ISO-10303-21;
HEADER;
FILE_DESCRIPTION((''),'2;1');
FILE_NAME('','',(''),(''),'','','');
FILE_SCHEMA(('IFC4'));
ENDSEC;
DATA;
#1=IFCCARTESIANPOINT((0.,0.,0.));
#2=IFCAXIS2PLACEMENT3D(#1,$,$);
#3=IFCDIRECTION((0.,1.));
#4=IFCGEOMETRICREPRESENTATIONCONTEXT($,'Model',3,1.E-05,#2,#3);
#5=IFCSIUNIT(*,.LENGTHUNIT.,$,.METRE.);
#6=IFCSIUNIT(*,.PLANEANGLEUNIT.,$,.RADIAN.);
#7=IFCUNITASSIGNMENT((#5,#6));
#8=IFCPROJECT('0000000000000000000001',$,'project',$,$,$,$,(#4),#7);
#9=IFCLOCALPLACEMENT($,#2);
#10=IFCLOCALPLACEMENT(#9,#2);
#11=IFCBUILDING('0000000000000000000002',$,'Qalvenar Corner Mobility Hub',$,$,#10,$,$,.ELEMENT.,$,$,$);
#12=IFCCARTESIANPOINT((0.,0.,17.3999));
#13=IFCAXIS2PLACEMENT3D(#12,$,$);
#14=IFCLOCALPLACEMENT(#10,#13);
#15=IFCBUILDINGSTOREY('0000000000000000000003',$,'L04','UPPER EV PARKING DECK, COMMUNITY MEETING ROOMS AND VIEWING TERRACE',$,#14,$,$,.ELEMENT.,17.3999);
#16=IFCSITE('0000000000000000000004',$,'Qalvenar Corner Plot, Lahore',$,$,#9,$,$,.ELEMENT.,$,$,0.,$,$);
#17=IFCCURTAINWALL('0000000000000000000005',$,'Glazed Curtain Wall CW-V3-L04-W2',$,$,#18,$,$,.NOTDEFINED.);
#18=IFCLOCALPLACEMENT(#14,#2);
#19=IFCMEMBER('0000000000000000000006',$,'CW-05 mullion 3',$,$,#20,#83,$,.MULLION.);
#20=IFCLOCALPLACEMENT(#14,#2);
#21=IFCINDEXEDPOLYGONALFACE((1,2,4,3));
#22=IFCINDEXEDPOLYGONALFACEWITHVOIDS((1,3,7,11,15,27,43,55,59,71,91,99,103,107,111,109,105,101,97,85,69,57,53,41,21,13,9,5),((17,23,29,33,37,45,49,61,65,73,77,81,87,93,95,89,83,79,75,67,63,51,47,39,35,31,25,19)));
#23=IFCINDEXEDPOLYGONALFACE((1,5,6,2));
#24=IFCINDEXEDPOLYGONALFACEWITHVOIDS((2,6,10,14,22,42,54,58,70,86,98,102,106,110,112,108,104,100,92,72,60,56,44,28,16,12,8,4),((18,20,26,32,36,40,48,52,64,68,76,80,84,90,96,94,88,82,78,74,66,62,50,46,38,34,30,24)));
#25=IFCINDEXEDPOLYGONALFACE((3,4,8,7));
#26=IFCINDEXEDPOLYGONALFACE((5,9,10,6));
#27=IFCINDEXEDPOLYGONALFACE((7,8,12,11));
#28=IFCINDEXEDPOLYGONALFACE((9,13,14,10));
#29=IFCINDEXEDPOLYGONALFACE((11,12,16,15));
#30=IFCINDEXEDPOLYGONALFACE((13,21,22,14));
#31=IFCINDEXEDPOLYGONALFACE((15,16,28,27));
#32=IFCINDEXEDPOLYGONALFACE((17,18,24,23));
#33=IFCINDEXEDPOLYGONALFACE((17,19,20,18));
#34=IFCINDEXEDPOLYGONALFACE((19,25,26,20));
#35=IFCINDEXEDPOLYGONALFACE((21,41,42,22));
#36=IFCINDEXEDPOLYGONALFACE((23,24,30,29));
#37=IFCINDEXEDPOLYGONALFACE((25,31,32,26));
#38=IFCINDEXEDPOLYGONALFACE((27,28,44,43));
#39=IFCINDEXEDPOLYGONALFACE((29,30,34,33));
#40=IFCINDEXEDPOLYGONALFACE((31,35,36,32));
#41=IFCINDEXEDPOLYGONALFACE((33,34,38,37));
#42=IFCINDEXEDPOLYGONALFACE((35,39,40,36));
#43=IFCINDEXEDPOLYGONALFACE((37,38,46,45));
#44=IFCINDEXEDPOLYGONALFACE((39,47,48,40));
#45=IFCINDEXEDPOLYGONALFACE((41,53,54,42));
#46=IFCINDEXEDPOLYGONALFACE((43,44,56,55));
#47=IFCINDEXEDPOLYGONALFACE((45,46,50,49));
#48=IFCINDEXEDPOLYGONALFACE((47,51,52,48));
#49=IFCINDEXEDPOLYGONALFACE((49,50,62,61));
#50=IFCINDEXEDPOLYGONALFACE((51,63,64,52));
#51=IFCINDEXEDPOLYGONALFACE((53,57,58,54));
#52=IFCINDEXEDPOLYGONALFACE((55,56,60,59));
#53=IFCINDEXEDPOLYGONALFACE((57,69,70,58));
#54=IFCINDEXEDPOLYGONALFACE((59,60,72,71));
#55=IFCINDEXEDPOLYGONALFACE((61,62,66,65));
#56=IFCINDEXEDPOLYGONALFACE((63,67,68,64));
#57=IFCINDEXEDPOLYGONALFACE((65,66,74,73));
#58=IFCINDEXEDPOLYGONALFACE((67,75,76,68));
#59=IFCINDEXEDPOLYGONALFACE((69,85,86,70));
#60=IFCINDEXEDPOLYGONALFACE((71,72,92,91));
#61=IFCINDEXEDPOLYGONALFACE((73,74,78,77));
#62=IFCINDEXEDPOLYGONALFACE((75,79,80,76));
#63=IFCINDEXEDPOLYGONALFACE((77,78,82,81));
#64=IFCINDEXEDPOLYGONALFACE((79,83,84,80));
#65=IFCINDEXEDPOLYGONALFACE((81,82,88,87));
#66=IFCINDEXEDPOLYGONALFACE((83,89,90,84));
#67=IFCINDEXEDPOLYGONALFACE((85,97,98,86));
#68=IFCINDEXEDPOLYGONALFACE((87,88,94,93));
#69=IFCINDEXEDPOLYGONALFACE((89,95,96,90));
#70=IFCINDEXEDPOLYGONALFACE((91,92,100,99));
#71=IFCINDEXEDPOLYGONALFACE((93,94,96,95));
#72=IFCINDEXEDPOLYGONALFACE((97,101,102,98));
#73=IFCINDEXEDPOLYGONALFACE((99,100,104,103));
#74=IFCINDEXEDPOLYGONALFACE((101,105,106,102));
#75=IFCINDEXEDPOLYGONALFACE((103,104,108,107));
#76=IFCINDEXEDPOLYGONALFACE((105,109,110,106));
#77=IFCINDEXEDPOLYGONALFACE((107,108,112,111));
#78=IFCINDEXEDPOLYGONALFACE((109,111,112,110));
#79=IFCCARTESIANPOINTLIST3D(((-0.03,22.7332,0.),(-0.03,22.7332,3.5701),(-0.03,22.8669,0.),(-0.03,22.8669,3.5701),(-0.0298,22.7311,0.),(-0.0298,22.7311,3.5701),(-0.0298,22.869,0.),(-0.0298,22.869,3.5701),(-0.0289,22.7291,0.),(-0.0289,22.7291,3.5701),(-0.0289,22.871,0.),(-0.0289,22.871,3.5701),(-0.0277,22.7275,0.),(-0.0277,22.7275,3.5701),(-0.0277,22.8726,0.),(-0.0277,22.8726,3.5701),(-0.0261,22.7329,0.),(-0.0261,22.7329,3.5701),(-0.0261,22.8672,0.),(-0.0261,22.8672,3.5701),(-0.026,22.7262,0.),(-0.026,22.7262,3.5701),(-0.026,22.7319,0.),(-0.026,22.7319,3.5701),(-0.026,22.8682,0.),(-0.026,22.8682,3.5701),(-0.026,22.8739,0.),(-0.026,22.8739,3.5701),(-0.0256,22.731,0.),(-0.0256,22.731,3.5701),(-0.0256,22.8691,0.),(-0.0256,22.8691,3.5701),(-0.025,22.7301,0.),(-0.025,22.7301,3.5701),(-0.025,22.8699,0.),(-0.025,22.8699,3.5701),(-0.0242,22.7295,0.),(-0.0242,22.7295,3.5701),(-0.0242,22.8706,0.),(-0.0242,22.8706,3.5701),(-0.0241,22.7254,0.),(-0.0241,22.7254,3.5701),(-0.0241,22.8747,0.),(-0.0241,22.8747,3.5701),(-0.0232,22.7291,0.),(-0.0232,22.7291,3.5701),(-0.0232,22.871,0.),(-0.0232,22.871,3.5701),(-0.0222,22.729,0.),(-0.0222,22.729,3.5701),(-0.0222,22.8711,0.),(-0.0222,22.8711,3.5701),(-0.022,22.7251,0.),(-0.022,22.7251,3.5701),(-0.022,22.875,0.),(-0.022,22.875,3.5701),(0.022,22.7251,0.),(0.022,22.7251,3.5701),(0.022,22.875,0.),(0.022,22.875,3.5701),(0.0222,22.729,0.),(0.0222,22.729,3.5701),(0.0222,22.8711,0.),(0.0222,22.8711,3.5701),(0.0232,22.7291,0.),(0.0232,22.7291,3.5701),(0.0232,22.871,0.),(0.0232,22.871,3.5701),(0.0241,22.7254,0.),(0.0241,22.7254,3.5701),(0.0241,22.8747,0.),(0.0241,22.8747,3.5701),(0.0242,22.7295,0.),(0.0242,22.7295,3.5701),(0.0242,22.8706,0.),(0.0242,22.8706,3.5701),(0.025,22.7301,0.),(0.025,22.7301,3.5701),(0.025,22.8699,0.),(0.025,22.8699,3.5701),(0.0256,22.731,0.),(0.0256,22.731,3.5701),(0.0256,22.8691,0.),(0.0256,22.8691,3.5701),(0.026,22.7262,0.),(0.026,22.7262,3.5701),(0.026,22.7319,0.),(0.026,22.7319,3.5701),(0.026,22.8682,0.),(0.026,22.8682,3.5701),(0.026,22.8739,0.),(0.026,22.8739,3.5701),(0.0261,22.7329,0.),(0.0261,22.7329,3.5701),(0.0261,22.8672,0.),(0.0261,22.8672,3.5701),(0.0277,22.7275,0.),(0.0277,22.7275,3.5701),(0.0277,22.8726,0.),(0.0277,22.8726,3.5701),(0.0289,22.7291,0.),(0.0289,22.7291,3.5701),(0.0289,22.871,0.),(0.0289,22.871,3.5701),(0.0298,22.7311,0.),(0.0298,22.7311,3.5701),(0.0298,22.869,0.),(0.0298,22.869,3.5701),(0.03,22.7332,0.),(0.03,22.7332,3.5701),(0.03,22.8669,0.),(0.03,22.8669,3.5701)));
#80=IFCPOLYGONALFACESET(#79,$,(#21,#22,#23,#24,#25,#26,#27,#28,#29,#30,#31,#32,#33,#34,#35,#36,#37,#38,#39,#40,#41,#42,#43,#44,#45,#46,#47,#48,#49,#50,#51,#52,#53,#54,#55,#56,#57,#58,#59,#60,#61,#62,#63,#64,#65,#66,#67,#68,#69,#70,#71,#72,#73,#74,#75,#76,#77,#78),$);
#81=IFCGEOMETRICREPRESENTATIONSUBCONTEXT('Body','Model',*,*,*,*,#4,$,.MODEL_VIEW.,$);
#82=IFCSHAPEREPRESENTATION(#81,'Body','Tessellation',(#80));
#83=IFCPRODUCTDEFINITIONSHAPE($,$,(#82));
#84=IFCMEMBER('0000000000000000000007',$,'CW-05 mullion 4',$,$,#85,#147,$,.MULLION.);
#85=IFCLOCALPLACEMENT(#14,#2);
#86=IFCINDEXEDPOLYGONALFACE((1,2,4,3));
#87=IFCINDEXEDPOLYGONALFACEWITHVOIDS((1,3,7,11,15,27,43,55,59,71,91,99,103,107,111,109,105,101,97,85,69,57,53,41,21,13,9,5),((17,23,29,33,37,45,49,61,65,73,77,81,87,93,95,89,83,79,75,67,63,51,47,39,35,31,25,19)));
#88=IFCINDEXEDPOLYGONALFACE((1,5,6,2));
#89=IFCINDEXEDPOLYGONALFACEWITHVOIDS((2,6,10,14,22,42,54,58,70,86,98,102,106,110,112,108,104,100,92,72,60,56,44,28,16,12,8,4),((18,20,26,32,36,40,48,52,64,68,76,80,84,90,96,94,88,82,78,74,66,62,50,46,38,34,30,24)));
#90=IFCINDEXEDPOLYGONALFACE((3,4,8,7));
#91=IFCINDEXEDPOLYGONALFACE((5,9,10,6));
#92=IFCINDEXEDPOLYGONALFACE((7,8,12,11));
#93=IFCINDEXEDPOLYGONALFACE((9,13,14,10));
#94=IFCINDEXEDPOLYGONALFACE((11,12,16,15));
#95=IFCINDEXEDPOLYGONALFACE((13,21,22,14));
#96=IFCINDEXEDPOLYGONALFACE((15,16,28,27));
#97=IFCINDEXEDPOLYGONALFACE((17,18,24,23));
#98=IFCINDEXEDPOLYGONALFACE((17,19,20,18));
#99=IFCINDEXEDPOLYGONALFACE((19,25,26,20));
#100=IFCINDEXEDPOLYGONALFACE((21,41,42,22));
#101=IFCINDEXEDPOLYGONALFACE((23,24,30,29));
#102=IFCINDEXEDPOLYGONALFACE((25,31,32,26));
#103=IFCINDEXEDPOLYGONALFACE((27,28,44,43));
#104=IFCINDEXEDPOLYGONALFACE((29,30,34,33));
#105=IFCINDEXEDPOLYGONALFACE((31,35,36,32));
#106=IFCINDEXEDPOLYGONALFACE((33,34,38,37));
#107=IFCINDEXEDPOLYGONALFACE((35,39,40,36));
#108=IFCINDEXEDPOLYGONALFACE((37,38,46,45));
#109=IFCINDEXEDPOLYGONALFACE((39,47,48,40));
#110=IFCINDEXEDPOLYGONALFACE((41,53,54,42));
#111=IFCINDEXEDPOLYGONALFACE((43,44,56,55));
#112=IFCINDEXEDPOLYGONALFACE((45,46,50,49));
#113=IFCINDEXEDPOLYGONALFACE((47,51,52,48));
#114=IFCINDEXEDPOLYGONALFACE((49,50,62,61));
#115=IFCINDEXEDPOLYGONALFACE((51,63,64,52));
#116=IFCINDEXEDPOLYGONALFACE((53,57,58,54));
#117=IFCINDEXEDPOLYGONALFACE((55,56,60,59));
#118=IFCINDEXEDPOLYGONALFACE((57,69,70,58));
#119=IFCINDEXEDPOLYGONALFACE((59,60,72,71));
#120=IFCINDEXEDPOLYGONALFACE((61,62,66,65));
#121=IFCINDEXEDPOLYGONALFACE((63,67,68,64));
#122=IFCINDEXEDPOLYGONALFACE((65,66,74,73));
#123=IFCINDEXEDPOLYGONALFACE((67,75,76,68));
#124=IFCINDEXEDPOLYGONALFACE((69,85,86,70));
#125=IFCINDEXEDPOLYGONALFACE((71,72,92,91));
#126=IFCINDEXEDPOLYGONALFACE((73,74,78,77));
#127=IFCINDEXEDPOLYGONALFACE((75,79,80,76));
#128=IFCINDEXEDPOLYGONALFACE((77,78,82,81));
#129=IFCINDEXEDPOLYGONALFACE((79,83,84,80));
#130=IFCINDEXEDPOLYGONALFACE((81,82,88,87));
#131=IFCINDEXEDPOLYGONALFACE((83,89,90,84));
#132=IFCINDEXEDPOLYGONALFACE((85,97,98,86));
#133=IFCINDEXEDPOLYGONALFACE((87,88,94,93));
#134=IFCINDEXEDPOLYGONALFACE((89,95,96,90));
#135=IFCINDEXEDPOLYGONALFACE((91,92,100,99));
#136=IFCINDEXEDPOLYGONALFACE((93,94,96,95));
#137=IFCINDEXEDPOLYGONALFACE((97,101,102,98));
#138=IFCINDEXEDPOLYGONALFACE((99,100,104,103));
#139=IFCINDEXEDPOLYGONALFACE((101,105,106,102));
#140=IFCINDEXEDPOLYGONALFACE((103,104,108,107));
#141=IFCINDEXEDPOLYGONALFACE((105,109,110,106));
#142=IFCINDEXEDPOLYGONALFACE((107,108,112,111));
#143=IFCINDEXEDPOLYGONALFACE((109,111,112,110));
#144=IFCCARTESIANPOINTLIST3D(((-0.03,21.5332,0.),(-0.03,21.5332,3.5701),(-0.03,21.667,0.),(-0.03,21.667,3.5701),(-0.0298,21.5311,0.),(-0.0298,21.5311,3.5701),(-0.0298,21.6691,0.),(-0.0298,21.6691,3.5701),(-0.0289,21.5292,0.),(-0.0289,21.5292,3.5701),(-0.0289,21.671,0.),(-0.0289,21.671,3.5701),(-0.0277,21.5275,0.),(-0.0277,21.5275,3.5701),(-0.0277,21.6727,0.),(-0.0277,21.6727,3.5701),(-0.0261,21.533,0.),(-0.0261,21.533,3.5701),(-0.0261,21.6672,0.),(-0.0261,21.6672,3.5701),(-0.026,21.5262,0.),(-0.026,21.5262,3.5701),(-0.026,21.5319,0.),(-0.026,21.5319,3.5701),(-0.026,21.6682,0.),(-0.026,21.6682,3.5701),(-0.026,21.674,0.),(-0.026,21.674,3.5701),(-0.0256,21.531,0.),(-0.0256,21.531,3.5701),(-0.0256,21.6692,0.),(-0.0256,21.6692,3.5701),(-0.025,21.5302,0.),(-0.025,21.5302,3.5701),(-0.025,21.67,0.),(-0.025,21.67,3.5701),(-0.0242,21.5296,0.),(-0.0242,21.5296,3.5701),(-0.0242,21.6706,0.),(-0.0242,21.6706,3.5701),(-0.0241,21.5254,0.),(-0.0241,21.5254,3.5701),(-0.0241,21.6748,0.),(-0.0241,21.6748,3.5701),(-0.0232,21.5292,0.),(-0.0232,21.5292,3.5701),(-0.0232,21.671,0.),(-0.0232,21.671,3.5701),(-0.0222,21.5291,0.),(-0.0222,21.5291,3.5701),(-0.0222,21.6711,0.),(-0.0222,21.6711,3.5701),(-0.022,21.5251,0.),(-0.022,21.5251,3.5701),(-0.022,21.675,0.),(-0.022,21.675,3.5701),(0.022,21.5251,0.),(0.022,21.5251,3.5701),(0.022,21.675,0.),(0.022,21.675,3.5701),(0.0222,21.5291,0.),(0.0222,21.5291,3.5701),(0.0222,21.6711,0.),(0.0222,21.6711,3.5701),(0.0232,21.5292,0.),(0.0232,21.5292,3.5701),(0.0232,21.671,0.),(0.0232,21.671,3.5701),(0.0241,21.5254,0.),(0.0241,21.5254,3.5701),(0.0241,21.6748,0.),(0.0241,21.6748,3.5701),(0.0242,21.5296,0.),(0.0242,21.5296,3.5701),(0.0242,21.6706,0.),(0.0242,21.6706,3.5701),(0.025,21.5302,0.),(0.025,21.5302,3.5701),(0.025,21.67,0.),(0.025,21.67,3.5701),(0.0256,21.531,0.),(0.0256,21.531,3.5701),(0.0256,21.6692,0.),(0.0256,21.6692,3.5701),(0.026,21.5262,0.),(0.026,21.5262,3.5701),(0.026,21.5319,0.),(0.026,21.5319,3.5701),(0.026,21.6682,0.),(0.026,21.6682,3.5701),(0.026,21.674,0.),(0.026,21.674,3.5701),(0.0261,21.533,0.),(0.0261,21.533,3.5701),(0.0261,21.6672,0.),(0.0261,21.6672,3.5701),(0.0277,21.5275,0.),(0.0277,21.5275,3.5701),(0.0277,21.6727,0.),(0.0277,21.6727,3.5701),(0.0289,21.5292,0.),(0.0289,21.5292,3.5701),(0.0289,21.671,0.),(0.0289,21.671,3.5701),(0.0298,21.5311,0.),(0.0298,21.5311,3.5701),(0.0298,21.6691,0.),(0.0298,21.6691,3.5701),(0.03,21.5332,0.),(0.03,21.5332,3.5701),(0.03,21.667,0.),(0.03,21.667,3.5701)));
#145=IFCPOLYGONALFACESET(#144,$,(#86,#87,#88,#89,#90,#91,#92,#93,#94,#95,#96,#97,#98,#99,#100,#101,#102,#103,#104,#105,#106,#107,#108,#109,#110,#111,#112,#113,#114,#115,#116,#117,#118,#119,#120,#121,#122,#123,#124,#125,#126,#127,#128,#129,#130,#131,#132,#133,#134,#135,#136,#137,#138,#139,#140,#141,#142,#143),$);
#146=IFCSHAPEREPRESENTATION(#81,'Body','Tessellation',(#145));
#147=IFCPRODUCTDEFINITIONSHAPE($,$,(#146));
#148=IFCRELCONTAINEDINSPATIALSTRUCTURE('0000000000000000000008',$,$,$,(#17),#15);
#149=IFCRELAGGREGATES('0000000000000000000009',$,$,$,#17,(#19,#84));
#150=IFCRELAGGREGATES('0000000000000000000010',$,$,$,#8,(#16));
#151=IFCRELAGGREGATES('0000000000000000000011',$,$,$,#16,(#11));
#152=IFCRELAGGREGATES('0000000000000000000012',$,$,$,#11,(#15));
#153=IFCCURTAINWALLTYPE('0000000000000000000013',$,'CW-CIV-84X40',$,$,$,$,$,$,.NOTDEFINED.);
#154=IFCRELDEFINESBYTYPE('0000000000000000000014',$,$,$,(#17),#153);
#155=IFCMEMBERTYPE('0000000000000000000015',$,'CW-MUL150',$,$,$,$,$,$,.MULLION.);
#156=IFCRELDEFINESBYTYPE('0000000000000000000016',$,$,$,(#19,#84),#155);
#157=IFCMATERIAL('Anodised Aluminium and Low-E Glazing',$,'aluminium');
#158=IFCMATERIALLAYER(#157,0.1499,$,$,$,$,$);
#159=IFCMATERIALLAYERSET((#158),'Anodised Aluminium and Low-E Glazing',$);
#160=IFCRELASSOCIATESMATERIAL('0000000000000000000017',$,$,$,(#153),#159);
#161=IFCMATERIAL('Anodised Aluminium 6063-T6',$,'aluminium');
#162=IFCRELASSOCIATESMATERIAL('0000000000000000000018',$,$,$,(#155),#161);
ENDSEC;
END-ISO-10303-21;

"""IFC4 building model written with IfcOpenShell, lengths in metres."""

from ifc_helpers import new_model, si_unit, direction, frame, origin, origin_2d, place, context, subcontext, project, spatial, hollow_rectangle, extrude, material, layer, layer_set, material_profile, profile_set, type_object, element, aggregate, save


model = new_model("IFC4")

# Units and contexts
model_context = context("Model", 3, precision=1e-05, world=origin(), true_north=direction((0.0, 1.0)))
body_context = subcontext(model_context, "Body", "Model", "MODEL_VIEW")
ifc_project = project(units=[si_unit("LENGTHUNIT", "METRE"), si_unit("PLANEANGLEUNIT", "RADIAN")], contexts=[model_context])

# Site, building, storey
site_placement = place(None, origin())
site = spatial("IfcSite", under=ifc_project, at=site_placement, Name="Qalvenar Corner Plot, Lahore", CompositionType="ELEMENT", RefElevation=0.0)
building_placement = place(site_placement, origin())
building = spatial("IfcBuilding", under=site, at=building_placement, Name="Qalvenar Corner Mobility Hub", CompositionType="ELEMENT")
storey_placement = place(building_placement, frame((0.0, 0.0, 17.3999)))
storey = spatial("IfcBuildingStorey", under=building, at=storey_placement, Name="L04", Description="UPPER EV PARKING DECK, COMMUNITY MEETING ROOMS AND VIEWING TERRACE", CompositionType="ELEMENT", Elevation=17.3999)

# Curtain wall, members
ifc_material_1 = material(Name="Anodised Aluminium and Low-E Glazing", Category="aluminium")
ifc_layer_1 = layer(ifc_material_1, 0.1499)
ifc_layer_set_1 = layer_set([ifc_layer_1], Name="Anodised Aluminium and Low-E Glazing")
curtain_wall_type = type_object("IfcCurtainWallType", Name="CW-CIV-84X40", PredefinedType="NOTDEFINED", material=ifc_layer_set_1)
curtain_wall_placement = place(storey_placement, origin())
curtain_wall = element("IfcCurtainWall", 1, at=curtain_wall_placement, inside=storey, type_object=curtain_wall_type, Name="Glazed Curtain Wall CW-V3-L04-W2", PredefinedType="NOTDEFINED")
ifc_material_2 = material(Name="Anodised Aluminium 6063-T6", Category="aluminium")
ifc_material_profile_1 = material_profile(ifc_material_2, hollow_rectangle(XDim=0.0601, YDim=0.1499, WallThickness=0.0039, InnerFilletRadius=0.0039, OuterFilletRadius=0.0081, at=origin_2d()), Name="RHS150x60x4")
ifc_profile_set_1 = profile_set([ifc_material_profile_1], Name="Anodised Aluminium 6063-T6")
member_type_1 = type_object("IfcMemberType", Name="CW-MUL150", PredefinedType="MULLION", material=ifc_profile_set_1)
member_1_placement = place(storey_placement, frame((0.0, 22.8, 0.0), z_axis=(0.0, 0.0, 1.0), x_axis=(1.0, 0.0, 0.0)))
member_1 = element("IfcMember", 2, at=member_1_placement, type_object=member_type_1, Name="CW-05 mullion 3", PredefinedType="MULLION", context=body_context, shape_type="SweptSolid", body=[
    extrude(hollow_rectangle(XDim=0.0601, YDim=0.1499, WallThickness=0.0039, InnerFilletRadius=0.0039, OuterFilletRadius=0.0081, at=origin_2d()), origin(), (0.0, 0.0, 1.0), 3.5701),
])
member_2_placement = place(storey_placement, frame((0.0, 21.6001, 0.0), z_axis=(0.0, 0.0, 1.0), x_axis=(1.0, 0.0, 0.0)))
member_2 = element("IfcMember", 3, at=member_2_placement, type_object=member_type_1, Name="CW-05 mullion 4", PredefinedType="MULLION", context=body_context, shape_type="SweptSolid", body=[
    extrude(hollow_rectangle(XDim=0.0601, YDim=0.1499, WallThickness=0.0039, InnerFilletRadius=0.0039, OuterFilletRadius=0.0081, at=origin_2d()), origin(), (0.0, 0.0, 1.0), 3.5701),
])
aggregate(curtain_wall, [member_1, member_2])

save(model, "model.ifc")
